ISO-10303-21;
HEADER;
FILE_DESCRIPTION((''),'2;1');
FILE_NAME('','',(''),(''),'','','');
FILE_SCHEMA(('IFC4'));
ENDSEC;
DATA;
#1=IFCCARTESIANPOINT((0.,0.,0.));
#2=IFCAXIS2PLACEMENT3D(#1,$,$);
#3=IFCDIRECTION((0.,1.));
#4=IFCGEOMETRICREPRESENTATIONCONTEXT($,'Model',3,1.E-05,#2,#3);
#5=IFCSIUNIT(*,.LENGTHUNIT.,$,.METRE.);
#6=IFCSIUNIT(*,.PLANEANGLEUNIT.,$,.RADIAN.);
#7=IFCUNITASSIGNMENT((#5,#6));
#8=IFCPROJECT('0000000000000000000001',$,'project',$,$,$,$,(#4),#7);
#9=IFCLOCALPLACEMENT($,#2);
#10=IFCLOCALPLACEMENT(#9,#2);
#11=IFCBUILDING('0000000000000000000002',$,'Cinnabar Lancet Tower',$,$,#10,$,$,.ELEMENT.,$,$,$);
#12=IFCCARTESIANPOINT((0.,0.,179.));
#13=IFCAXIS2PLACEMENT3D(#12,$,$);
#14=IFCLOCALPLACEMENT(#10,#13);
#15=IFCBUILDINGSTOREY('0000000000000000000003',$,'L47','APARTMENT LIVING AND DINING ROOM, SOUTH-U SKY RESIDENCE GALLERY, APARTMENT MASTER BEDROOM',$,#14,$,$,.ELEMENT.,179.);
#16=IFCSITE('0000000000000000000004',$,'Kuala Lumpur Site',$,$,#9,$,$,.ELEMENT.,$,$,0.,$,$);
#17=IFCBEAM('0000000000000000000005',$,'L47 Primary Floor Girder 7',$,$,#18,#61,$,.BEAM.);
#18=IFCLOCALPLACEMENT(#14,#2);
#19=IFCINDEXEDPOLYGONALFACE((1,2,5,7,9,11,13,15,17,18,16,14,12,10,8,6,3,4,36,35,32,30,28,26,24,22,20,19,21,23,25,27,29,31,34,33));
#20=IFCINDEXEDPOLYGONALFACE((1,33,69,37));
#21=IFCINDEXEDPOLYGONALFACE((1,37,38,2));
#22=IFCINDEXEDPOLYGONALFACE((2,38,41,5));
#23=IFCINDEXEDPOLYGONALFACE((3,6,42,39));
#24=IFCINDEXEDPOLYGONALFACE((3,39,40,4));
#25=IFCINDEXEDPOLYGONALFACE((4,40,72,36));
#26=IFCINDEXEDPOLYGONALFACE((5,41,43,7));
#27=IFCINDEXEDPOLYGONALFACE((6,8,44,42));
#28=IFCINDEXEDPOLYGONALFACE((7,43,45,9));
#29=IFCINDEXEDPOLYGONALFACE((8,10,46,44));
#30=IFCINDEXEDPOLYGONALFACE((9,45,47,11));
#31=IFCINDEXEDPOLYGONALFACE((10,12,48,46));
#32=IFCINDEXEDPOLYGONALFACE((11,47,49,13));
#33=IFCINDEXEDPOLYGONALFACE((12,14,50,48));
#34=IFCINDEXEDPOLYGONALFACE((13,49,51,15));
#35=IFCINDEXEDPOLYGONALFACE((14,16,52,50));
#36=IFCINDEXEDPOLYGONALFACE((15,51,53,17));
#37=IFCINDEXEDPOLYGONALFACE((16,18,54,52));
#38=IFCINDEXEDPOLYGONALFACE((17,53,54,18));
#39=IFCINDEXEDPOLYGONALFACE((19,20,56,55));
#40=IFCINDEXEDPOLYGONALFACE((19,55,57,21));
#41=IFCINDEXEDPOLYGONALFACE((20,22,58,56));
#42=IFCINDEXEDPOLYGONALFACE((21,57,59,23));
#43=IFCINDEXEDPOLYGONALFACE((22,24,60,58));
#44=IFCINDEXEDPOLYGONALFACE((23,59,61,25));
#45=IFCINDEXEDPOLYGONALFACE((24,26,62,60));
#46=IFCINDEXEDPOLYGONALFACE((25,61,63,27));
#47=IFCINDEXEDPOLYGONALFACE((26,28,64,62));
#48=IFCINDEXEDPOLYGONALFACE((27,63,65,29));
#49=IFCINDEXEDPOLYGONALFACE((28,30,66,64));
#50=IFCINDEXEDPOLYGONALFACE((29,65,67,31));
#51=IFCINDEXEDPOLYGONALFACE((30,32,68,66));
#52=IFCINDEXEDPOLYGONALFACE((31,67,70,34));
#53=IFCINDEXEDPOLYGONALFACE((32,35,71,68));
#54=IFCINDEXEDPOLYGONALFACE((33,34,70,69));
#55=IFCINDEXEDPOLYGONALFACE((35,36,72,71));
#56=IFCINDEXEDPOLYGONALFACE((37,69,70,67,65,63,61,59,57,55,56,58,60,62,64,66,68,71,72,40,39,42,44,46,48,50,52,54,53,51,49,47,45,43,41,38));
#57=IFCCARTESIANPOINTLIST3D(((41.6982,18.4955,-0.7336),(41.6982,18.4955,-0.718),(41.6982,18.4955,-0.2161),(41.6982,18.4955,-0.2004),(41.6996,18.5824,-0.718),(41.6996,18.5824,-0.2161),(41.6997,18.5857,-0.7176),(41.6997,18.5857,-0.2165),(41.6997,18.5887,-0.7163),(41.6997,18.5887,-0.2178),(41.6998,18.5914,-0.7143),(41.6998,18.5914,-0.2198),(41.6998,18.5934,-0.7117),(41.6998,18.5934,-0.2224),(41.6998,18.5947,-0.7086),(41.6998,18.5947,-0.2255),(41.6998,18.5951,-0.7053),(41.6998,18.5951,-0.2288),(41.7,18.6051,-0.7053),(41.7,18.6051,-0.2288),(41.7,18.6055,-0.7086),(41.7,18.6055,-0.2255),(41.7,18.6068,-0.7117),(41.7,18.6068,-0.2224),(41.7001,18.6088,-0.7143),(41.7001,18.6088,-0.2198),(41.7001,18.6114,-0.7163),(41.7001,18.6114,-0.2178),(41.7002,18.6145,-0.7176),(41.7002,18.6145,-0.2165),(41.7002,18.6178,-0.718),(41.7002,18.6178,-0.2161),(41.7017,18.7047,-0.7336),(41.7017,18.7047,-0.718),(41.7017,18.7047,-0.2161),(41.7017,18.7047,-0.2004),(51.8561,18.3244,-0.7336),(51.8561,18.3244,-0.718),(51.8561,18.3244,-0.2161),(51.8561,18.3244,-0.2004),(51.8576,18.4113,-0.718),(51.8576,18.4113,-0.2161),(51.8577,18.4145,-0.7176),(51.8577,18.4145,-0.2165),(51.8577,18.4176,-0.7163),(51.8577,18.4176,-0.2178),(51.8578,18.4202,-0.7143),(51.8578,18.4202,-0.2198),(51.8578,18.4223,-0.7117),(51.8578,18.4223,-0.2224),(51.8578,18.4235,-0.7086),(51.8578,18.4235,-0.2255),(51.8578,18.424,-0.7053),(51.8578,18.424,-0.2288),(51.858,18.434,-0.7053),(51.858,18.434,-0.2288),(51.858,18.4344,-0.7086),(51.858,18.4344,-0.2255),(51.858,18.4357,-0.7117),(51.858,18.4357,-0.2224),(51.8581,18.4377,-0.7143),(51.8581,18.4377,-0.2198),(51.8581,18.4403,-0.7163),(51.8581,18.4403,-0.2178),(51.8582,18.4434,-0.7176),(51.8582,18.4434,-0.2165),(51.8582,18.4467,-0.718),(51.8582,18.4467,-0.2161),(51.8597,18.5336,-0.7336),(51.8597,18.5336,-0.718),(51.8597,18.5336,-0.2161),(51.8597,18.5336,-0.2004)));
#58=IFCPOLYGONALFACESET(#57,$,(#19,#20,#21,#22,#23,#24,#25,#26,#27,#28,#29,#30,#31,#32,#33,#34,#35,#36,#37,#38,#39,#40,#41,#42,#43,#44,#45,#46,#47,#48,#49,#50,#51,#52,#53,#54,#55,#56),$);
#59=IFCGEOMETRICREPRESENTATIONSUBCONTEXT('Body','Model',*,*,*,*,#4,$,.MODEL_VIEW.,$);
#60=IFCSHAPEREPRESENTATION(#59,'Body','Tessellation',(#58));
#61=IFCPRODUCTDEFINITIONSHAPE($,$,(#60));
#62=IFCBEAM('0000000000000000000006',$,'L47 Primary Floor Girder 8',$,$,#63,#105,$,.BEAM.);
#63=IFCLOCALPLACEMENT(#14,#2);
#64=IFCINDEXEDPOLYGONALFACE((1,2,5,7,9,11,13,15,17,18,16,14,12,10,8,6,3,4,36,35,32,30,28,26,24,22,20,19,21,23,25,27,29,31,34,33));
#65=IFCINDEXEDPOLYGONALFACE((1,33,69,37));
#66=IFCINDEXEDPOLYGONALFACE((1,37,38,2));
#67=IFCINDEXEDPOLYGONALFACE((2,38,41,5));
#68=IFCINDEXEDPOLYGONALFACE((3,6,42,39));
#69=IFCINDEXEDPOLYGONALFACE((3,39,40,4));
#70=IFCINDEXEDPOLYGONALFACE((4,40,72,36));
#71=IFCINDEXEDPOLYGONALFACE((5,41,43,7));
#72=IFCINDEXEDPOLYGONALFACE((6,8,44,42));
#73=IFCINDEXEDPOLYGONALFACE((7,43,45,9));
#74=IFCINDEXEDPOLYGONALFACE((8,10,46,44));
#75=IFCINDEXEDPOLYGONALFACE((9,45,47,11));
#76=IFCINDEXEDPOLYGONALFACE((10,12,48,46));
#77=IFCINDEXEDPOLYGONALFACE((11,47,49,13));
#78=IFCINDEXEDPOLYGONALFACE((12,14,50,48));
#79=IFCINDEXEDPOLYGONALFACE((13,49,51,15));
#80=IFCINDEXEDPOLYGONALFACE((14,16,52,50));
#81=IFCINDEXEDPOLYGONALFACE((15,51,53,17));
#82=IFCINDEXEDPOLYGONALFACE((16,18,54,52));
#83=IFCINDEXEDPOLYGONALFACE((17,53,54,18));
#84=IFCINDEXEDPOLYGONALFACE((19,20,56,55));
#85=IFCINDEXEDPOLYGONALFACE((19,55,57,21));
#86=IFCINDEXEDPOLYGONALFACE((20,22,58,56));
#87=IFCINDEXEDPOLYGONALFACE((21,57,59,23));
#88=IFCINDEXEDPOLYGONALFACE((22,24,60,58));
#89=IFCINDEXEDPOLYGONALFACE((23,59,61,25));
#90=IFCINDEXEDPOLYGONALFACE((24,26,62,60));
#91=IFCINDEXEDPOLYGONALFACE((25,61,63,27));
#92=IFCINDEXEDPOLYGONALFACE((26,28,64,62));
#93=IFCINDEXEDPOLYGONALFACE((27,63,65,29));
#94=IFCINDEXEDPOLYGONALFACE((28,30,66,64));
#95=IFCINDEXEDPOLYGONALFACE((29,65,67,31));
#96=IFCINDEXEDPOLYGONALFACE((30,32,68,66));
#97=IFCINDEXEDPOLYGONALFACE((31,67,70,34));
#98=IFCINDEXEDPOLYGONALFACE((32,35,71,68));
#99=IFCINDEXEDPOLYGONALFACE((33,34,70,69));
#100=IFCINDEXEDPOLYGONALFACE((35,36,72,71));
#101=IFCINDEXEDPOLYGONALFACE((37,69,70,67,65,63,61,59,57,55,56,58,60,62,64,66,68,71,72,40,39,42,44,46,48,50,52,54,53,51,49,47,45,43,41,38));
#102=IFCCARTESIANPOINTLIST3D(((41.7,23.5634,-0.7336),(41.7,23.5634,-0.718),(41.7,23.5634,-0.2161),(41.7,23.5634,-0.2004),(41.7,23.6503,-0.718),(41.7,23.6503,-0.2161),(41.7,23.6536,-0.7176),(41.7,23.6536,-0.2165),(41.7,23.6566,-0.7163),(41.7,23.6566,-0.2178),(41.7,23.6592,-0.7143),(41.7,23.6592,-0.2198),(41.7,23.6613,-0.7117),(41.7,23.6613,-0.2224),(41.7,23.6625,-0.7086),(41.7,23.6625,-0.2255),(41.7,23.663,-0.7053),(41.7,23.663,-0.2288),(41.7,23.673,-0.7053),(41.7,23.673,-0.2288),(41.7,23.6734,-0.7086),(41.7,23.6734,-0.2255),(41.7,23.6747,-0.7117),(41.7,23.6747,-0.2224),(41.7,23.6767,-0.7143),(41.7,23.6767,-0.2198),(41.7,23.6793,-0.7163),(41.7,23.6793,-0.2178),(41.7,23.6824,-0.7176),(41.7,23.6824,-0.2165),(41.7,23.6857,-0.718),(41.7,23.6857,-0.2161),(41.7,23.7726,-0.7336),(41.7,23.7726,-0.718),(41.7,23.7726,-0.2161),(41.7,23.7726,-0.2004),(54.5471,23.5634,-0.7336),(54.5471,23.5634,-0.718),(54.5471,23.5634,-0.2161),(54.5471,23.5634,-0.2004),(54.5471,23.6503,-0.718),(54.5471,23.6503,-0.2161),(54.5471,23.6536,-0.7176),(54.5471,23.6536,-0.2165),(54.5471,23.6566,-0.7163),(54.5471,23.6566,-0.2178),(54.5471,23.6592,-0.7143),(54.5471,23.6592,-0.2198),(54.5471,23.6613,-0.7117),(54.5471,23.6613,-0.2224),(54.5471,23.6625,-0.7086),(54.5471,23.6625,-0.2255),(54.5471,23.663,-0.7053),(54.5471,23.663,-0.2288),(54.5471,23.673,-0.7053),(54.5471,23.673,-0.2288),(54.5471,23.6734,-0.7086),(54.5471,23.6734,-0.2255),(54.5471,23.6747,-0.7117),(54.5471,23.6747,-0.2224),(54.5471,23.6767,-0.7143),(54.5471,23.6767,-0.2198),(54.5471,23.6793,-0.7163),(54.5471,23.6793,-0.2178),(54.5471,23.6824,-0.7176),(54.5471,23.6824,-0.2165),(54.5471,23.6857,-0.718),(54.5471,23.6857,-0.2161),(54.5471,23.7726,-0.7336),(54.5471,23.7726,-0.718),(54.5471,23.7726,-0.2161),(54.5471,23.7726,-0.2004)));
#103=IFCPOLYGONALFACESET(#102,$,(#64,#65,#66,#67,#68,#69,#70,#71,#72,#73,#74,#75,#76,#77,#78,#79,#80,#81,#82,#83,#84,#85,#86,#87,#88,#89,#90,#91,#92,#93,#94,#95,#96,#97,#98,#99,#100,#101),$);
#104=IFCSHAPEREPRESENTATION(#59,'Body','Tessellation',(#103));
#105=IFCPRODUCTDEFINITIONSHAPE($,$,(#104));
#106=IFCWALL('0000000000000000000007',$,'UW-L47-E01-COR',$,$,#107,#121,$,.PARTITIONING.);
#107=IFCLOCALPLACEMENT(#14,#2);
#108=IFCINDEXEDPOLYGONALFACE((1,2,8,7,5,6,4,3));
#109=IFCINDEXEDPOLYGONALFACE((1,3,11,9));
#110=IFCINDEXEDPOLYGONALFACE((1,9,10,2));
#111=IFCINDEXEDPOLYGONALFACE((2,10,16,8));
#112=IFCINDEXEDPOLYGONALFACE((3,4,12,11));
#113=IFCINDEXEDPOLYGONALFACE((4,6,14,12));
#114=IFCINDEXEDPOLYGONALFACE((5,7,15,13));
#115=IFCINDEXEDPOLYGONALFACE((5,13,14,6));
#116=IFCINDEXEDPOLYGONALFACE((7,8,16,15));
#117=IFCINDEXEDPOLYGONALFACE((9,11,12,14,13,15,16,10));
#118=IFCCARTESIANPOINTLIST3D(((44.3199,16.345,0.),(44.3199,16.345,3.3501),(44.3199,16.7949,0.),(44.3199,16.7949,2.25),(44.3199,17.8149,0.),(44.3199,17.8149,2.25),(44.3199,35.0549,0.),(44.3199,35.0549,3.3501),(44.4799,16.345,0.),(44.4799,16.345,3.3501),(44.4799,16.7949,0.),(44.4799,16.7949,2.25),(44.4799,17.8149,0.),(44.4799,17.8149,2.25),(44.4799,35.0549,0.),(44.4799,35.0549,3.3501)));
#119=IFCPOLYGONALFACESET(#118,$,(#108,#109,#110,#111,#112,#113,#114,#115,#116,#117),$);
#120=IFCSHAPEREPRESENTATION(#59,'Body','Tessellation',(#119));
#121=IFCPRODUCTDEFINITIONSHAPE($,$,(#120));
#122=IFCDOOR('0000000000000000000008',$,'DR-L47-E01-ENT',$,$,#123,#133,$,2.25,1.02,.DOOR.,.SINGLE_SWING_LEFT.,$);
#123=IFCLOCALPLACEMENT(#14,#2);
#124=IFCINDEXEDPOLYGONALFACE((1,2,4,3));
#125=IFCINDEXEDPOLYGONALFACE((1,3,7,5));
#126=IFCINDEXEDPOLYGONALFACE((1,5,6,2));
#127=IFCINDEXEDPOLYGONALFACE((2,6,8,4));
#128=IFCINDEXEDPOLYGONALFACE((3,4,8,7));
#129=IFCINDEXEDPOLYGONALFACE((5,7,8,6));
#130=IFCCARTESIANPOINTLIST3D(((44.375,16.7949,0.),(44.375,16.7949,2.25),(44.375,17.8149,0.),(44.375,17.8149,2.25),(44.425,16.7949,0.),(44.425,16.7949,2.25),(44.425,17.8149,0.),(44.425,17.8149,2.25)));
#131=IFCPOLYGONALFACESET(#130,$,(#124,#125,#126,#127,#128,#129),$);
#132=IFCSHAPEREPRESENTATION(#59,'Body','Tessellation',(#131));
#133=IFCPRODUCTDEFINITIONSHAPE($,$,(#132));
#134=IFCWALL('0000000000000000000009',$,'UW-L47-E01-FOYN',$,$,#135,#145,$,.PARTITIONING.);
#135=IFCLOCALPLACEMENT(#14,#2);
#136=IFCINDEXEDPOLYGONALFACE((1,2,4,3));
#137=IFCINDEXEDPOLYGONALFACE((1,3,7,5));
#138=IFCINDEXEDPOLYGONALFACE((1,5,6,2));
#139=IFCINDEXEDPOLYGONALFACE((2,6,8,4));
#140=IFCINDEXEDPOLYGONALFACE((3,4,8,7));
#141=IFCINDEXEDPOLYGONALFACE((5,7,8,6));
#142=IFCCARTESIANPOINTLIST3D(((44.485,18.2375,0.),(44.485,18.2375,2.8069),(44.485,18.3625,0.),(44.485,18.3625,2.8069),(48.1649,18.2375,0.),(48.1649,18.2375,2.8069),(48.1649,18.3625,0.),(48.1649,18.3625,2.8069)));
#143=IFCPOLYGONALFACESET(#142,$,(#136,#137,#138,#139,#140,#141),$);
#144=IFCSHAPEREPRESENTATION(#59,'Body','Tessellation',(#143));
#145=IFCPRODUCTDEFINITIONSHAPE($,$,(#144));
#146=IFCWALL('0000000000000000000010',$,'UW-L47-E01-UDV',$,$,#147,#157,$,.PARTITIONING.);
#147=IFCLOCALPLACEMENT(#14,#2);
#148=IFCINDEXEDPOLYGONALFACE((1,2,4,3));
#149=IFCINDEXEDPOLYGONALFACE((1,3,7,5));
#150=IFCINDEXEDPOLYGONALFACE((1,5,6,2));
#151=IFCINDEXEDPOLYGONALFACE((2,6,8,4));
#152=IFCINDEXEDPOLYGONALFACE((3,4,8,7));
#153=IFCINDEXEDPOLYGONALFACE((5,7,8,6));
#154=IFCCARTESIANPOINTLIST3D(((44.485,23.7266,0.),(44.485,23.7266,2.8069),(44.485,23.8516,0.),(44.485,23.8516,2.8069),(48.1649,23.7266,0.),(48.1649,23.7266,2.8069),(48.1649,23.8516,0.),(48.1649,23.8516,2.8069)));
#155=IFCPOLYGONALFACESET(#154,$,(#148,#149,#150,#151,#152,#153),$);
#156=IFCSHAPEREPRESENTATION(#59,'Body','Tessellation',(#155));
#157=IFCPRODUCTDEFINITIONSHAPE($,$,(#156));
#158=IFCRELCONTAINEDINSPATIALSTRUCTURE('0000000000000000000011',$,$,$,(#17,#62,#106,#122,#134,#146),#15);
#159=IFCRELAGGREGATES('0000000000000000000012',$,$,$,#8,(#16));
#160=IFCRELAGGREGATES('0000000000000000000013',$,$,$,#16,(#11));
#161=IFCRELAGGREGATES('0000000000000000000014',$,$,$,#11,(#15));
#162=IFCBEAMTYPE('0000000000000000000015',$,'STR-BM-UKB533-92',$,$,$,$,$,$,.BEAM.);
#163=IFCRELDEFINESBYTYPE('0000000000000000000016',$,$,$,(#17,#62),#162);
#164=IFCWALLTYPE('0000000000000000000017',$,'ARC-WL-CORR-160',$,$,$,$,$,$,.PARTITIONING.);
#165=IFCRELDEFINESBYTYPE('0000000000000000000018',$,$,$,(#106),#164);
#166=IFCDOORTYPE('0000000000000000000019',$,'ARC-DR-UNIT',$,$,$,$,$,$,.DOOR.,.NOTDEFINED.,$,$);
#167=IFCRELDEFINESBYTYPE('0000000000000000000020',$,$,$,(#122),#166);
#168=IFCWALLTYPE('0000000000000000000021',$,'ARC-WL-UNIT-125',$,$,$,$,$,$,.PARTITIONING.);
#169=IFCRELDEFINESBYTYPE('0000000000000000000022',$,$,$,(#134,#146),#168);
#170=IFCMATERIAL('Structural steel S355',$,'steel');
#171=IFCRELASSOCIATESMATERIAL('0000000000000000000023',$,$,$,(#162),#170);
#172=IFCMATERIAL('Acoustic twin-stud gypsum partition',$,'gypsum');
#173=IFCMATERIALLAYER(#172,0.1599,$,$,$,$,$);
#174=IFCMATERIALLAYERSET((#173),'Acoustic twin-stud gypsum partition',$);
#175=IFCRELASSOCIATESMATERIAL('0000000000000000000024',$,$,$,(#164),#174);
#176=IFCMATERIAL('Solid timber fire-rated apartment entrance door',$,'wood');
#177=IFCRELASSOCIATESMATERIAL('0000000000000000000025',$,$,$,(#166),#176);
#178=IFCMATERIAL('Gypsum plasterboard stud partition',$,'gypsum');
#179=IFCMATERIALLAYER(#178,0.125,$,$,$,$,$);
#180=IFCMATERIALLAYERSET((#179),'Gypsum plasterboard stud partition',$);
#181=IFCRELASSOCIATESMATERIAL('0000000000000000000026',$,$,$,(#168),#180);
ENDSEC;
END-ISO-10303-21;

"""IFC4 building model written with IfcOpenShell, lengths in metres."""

from ifc_helpers import new_model, si_unit, direction, frame, frame_2d, origin, origin_2d, place, context, subcontext, project, spatial, rectangle, i_section, extrude, material, layer, layer_set, material_profile, profile_set, type_object, element, fill, save


model = new_model("IFC4")

# Units and contexts
model_context = context("Model", 3, precision=1e-05, world=origin(), true_north=direction((0.0, 1.0)))
body_context = subcontext(model_context, "Body", "Model", "MODEL_VIEW")
ifc_project = project(units=[si_unit("LENGTHUNIT", "METRE"), si_unit("PLANEANGLEUNIT", "RADIAN")], contexts=[model_context])

# Site, building, storey
site_placement = place(None, origin())
site = spatial("IfcSite", under=ifc_project, at=site_placement, Name="Kuala Lumpur Site", CompositionType="ELEMENT", RefElevation=0.0)
building_placement = place(site_placement, origin())
building = spatial("IfcBuilding", under=site, at=building_placement, Name="Cinnabar Lancet Tower", CompositionType="ELEMENT")
storey_placement = place(building_placement, frame((0.0, 0.0, 179.0)))
storey = spatial("IfcBuildingStorey", under=building, at=storey_placement, Name="L47", Description="APARTMENT LIVING AND DINING ROOM, SOUTH-U SKY RESIDENCE GALLERY, APARTMENT MASTER BEDROOM", CompositionType="ELEMENT", Elevation=179.0)

# Beams
ifc_material_1 = material(Name="Structural steel S355", Category="steel")
ifc_material_profile_1 = material_profile(ifc_material_1, i_section(OverallWidth=0.2092, OverallDepth=0.5332, WebThickness=0.01, FlangeThickness=0.0156, FilletRadius=0.0127, at=origin_2d()), Name="UKB 533x210x92")
ifc_profile_set_1 = profile_set([ifc_material_profile_1], Name="Structural steel S355")
beam_type_1 = type_object("IfcBeamType", Name="STR-BM-UKB533-92", PredefinedType="BEAM", material=ifc_profile_set_1)
beam_1_placement = place(storey_placement, frame((51.8579, 18.429, -0.467), z_axis=(-0.999858, 0.016846, 0.0), x_axis=(-0.016846, -0.999858, 0.0)))
element("IfcBeam", 1, at=beam_1_placement, inside=storey, type_object=beam_type_1, Name="L47 Primary Floor Girder 7", PredefinedType="BEAM", context=body_context, shape_type="SweptSolid", body=[
    extrude(i_section(OverallWidth=0.2092, OverallDepth=0.5332, WebThickness=0.01, FlangeThickness=0.0156, FilletRadius=0.0127, at=origin_2d()), origin(), (0.0, 0.0, 1.0), 10.1594),
])
beam_2_placement = place(storey_placement, frame((54.5471, 23.668, -0.467), z_axis=(-1.0, 0.0, 0.0), x_axis=(0.0, -1.0, 0.0)))
element("IfcBeam", 2, at=beam_2_placement, inside=storey, type_object=beam_type_1, Name="L47 Primary Floor Girder 8", PredefinedType="BEAM", context=body_context, shape_type="SweptSolid", body=[
    extrude(i_section(OverallWidth=0.2092, OverallDepth=0.5332, WebThickness=0.01, FlangeThickness=0.0156, FilletRadius=0.0127, at=origin_2d()), origin(), (0.0, 0.0, 1.0), 12.8472),
])

# Wall, opening, door
ifc_material_2 = material(Name="Acoustic twin-stud gypsum partition", Category="gypsum")
ifc_layer_1 = layer(ifc_material_2, 0.1599)
ifc_layer_set_1 = layer_set([ifc_layer_1], Name="Acoustic twin-stud gypsum partition")
wall_type_1 = type_object("IfcWallType", Name="ARC-WL-CORR-160", PredefinedType="PARTITIONING", material=ifc_layer_set_1)
wall_1_placement = place(storey_placement, frame((44.3999, 16.345, 0.0), z_axis=(0.0, 0.0, 1.0), x_axis=(0.0, 1.0, 0.0)))
wall_1 = element("IfcWall", 3, at=wall_1_placement, inside=storey, type_object=wall_type_1, Name="UW-L47-E01-COR", PredefinedType="PARTITIONING", context=body_context, shape_type="SweptSolid", body=[
    extrude(rectangle(XDim=18.71, YDim=0.1599, at=frame_2d((9.355, 0.0))), origin(), (0.0, 0.0, 1.0), 3.3501),
])
opening_1_placement = place(wall_1_placement, frame((0.45, 0.0, 0.0)))
opening_1 = element("IfcOpeningElement", 4, at=opening_1_placement, cuts=wall_1, PredefinedType="OPENING", context=body_context, shape_type="SweptSolid", body=[
    extrude(rectangle(XDim=1.02, YDim=2.25, at=frame_2d((0.51, 1.125))), frame((0.0, 0.0898, 0.0), z_axis=(0.0, -1.0, 0.0), x_axis=(1.0, 0.0, 0.0)), (0.0, 0.0, 1.0), 0.1799),
])
ifc_material_3 = material(Name="Solid timber fire-rated apartment entrance door", Category="wood")
door_type_1 = type_object("IfcDoorType", Name="ARC-DR-UNIT", OperationType="NOTDEFINED", PredefinedType="DOOR", material=ifc_material_3)
door_1_placement = place(opening_1_placement, origin())
door_1 = element("IfcDoor", 5, at=door_1_placement, inside=storey, type_object=door_type_1, Name="DR-L47-E01-ENT", OperationType="SINGLE_SWING_LEFT", OverallHeight=2.25, OverallWidth=1.02, PredefinedType="DOOR", context=body_context, shape_type="SweptSolid", body=[
    extrude(rectangle(XDim=1.02, YDim=2.25, at=frame_2d((0.51, 1.125))), frame((0.0, 0.0249, 0.0), z_axis=(0.0, -1.0, 0.0), x_axis=(1.0, 0.0, 0.0)), (0.0, 0.0, 1.0), 0.05),
])
fill(opening_1, door_1)

# Walls
ifc_material_4 = material(Name="Gypsum plasterboard stud partition", Category="gypsum")
ifc_layer_2 = layer(ifc_material_4, 0.125)
ifc_layer_set_2 = layer_set([ifc_layer_2], Name="Gypsum plasterboard stud partition")
wall_type_2 = type_object("IfcWallType", Name="ARC-WL-UNIT-125", PredefinedType="PARTITIONING", material=ifc_layer_set_2)
for number, where, z_axis, x_axis, name in (
    (6, (44.4851, 18.3, 0.0), (0.0, 0.0, 1.0), (1.0, 0.0, 0.0), "UW-L47-E01-FOYN"),
    (7, (44.4851, 23.7891, 0.0), (0.0, 0.0, 1.0), (1.0, 0.0, 0.0), "UW-L47-E01-UDV"),
):
    element("IfcWall", number, at=place(storey_placement, frame(where, z_axis=z_axis, x_axis=x_axis)), inside=storey, type_object=wall_type_2, Name=name, PredefinedType="PARTITIONING", context=body_context, shape_type="SweptSolid", body=[
        extrude(rectangle(XDim=3.6799, YDim=0.125, at=frame_2d((1.8398, 0.0))), origin(), (0.0, 0.0, 1.0), 2.8069),
    ])

save(model, "model.ifc")
